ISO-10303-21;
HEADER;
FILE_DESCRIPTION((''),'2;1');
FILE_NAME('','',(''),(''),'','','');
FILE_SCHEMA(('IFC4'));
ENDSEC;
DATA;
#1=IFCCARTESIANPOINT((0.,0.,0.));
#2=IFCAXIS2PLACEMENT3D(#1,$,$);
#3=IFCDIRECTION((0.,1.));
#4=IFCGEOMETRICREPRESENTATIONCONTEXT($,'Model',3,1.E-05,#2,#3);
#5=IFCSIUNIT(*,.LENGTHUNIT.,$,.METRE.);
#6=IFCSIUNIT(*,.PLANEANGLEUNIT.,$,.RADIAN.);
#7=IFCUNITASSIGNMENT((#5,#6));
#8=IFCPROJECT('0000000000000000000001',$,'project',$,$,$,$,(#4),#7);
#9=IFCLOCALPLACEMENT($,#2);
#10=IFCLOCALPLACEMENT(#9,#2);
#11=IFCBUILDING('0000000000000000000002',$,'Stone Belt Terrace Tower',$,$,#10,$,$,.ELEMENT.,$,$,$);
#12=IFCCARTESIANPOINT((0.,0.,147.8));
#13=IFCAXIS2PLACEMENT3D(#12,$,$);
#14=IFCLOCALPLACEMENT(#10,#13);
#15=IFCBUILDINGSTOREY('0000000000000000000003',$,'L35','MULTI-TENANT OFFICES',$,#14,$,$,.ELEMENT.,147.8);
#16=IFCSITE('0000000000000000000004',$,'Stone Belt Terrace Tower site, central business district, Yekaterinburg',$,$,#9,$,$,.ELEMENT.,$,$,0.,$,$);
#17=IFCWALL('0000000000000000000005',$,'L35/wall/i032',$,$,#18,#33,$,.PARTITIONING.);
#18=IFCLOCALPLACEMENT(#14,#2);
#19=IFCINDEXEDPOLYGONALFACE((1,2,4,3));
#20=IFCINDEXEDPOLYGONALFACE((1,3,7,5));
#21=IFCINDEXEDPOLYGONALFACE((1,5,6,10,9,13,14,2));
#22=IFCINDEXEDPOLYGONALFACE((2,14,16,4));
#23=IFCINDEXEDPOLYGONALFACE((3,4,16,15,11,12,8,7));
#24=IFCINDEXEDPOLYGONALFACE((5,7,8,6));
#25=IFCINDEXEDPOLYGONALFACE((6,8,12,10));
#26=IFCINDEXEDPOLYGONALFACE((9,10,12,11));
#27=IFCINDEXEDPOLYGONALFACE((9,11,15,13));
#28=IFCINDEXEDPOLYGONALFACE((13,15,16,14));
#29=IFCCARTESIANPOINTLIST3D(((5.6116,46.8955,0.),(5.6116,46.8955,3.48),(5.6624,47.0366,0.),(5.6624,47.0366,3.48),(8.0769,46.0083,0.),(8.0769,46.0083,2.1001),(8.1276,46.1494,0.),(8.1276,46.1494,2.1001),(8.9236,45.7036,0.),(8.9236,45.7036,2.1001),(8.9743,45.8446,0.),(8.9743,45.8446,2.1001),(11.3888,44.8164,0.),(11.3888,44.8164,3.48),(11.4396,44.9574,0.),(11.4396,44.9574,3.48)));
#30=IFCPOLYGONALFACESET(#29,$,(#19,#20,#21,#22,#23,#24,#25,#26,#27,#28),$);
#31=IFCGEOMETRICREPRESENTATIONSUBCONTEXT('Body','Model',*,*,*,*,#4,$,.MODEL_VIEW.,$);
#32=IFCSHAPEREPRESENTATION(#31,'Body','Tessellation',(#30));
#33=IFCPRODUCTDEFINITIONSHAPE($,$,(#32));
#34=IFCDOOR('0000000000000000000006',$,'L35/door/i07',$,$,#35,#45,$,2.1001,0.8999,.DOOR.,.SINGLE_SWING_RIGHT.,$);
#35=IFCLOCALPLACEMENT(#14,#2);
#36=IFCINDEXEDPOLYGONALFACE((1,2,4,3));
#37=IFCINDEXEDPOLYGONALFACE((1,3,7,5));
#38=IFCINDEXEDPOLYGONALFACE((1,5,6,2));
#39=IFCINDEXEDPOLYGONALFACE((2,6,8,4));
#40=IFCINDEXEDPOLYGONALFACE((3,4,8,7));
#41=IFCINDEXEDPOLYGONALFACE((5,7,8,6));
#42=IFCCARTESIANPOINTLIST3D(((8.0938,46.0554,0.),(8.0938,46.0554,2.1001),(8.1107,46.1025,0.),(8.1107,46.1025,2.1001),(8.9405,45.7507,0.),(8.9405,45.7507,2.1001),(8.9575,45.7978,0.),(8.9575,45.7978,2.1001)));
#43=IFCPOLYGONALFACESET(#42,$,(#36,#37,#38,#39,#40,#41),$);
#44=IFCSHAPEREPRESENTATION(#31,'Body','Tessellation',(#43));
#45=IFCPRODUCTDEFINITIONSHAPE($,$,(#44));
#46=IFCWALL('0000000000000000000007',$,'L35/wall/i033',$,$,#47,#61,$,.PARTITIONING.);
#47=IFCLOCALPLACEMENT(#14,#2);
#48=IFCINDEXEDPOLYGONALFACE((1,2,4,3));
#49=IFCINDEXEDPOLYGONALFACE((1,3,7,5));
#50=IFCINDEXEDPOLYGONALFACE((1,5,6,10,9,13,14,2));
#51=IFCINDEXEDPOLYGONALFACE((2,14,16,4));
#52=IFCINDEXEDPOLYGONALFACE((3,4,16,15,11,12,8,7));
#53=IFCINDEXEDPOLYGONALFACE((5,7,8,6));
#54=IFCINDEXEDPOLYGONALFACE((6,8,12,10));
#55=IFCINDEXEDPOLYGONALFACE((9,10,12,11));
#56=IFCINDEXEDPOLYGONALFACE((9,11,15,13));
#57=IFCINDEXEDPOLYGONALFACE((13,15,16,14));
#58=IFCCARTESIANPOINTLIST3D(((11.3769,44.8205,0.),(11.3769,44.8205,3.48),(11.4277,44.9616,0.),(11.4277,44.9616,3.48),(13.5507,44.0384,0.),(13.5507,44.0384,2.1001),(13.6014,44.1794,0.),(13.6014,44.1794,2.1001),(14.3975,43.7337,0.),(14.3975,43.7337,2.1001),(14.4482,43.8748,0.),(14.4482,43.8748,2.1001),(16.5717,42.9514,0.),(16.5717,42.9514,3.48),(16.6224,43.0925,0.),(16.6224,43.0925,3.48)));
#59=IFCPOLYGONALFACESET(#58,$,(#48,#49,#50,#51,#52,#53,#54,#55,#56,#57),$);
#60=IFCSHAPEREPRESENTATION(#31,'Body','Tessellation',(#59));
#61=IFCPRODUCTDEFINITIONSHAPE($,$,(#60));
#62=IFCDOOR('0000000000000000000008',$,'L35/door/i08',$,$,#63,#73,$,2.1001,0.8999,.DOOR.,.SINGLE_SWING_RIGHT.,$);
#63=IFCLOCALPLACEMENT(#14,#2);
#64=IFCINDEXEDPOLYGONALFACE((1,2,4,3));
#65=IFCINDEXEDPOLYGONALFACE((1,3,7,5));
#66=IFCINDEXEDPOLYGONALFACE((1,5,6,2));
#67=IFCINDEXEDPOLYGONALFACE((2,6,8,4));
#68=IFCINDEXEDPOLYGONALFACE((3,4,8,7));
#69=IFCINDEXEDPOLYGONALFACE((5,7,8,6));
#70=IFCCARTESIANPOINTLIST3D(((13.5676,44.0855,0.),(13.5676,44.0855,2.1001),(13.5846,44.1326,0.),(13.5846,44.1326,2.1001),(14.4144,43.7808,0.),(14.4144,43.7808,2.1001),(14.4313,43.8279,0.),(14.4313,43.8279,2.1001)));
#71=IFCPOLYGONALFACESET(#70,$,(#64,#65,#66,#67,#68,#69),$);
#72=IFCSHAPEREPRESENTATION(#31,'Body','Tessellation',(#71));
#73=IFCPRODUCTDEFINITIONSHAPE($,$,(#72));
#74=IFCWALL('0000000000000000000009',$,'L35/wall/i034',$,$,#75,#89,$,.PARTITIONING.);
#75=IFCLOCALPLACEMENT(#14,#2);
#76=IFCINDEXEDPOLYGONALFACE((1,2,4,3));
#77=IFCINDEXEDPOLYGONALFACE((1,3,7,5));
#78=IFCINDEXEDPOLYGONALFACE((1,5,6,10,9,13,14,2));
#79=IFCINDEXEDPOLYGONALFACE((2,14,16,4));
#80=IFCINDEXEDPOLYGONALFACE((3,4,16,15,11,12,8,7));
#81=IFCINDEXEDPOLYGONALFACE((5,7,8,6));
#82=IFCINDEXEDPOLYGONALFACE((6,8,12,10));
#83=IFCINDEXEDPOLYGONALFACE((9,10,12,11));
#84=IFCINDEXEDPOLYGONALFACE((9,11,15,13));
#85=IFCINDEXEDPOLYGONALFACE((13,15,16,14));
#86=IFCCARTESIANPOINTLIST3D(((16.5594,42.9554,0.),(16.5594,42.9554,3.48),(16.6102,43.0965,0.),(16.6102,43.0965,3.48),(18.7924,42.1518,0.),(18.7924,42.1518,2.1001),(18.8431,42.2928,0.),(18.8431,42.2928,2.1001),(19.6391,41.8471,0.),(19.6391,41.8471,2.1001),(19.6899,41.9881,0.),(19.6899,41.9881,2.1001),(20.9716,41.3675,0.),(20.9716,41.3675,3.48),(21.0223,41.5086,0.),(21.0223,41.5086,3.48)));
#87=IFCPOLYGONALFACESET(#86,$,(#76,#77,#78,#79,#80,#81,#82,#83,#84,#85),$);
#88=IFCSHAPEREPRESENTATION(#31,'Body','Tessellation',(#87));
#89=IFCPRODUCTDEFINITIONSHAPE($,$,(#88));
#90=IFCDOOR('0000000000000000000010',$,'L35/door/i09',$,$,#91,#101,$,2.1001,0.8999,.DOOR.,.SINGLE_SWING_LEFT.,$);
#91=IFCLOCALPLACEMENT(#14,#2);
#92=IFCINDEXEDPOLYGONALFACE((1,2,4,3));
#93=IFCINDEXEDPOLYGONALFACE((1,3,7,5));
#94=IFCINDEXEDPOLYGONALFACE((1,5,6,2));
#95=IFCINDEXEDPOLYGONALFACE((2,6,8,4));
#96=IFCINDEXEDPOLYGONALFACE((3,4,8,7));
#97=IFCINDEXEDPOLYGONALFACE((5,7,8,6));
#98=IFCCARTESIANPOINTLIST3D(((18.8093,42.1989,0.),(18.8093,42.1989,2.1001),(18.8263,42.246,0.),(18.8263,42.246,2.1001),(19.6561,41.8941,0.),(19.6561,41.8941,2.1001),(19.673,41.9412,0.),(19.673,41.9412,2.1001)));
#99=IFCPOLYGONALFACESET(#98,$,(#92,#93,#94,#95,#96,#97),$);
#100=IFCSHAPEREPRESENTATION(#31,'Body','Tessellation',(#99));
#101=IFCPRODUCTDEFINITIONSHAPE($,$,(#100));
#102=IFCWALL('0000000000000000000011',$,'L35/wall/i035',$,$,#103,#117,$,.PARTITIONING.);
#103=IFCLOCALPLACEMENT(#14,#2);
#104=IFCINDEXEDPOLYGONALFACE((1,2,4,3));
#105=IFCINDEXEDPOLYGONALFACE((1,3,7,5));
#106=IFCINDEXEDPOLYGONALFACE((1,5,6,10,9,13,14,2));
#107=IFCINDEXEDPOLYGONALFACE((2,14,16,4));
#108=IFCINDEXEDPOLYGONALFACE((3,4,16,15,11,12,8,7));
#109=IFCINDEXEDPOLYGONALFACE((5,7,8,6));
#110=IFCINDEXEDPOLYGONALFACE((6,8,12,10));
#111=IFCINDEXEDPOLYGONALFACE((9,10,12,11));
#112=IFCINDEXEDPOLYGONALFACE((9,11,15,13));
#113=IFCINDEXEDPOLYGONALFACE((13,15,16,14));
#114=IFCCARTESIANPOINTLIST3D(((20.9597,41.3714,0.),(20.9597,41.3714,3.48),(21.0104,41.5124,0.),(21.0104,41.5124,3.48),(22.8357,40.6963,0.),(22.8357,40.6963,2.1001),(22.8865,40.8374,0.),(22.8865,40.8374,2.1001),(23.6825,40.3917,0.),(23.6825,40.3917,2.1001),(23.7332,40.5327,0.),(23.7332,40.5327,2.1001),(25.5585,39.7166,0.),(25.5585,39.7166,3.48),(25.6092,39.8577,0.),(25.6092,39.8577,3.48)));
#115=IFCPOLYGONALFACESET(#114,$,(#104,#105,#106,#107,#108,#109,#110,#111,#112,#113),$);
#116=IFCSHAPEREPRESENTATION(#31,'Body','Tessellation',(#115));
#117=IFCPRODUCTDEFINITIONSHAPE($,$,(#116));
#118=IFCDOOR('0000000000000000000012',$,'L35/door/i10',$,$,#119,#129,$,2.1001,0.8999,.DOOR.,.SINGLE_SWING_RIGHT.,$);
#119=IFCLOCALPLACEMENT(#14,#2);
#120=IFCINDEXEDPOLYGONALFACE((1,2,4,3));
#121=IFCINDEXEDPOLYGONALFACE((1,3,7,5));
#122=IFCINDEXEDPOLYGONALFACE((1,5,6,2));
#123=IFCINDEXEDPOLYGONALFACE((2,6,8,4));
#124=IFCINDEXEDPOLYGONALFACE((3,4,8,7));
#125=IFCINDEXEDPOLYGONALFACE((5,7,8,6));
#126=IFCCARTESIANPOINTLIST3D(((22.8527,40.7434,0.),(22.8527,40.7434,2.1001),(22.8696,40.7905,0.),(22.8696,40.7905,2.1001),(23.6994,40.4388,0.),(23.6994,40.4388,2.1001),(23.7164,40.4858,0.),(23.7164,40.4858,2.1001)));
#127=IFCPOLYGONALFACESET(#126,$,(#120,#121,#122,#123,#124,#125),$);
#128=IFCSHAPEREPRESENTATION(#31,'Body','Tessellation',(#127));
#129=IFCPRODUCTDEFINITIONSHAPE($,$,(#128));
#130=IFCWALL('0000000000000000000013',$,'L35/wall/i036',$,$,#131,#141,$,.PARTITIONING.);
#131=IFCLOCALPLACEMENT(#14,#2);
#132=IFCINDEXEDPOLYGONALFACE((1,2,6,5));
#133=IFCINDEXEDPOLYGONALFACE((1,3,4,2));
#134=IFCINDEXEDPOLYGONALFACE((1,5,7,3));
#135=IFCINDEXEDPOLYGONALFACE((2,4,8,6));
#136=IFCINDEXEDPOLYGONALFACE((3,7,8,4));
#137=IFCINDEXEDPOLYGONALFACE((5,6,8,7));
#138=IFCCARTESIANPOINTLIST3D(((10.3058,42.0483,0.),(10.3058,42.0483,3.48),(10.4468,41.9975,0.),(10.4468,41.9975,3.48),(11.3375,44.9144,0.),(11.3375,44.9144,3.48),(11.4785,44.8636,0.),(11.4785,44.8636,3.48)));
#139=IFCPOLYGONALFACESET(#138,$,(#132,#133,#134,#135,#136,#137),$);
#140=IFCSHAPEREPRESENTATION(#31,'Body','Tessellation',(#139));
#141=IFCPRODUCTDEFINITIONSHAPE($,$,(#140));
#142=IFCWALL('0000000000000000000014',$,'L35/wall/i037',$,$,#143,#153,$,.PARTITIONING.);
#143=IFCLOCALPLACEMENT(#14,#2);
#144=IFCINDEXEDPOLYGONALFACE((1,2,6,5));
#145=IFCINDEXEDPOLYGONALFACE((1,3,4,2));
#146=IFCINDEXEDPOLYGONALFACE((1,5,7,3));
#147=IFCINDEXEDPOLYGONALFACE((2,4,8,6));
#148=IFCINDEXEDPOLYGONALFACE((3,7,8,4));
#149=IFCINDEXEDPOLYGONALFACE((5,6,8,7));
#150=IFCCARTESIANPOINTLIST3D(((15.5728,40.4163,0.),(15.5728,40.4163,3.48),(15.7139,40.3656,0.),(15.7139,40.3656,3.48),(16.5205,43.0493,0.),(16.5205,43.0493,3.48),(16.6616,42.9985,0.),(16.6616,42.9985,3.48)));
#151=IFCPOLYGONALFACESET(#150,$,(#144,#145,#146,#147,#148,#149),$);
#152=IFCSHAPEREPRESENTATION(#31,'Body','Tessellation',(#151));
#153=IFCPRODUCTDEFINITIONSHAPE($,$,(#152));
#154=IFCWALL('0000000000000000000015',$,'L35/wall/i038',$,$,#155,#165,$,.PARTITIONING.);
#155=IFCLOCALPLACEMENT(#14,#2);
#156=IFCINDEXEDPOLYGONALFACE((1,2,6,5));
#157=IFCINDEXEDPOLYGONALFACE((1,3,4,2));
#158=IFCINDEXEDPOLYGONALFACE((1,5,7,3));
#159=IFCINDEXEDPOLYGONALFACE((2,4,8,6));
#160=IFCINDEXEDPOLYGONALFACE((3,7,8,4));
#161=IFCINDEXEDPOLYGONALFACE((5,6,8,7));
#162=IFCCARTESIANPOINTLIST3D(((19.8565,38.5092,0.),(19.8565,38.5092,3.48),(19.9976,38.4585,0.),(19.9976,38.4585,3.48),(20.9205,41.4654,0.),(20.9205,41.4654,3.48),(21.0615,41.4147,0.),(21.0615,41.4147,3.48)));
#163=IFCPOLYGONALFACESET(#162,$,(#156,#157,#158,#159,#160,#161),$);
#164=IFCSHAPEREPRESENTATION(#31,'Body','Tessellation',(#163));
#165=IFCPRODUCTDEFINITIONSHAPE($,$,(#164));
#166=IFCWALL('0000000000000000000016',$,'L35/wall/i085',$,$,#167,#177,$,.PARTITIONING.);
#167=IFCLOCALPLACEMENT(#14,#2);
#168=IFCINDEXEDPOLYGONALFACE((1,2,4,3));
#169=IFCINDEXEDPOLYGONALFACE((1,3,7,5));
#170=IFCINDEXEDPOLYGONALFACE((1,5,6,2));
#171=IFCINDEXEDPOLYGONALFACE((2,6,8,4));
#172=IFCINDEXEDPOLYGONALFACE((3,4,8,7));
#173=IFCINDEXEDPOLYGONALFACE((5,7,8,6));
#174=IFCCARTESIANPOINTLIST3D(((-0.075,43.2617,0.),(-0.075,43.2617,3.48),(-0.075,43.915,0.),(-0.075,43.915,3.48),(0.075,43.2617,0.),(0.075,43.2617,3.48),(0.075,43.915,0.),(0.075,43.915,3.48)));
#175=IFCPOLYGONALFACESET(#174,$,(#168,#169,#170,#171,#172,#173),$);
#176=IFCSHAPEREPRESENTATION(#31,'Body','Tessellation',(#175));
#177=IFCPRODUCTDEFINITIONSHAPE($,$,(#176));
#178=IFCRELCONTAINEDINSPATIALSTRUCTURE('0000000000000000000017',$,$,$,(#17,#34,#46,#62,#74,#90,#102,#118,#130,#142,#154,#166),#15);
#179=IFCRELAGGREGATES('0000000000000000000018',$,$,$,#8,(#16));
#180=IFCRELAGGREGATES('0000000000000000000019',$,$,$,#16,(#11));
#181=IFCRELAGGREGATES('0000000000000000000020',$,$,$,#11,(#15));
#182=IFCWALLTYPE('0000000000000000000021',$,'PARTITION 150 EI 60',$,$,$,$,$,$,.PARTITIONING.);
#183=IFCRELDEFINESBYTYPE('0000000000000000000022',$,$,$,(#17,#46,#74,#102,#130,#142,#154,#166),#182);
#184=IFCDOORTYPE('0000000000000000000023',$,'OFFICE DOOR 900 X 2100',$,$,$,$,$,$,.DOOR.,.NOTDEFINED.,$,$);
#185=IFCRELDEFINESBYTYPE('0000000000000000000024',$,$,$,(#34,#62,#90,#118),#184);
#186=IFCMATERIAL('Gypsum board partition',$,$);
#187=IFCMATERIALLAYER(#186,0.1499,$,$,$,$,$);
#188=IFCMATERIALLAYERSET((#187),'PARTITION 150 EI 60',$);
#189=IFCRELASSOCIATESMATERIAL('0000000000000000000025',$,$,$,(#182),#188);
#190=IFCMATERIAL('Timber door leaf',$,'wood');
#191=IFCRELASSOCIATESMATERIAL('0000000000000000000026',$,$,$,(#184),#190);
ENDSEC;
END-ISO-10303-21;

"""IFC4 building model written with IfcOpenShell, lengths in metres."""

from ifc_helpers import new_model, si_unit, direction, frame, frame_2d, origin, place, context, subcontext, project, spatial, rectangle, extrude, material, layer, layer_set, type_object, element, fill, save


model = new_model("IFC4")

# Units and contexts
model_context = context("Model", 3, precision=1e-05, world=origin(), true_north=direction((0.0, 1.0)))
body_context = subcontext(model_context, "Body", "Model", "MODEL_VIEW")
ifc_project = project(units=[si_unit("LENGTHUNIT", "METRE"), si_unit("PLANEANGLEUNIT", "RADIAN")], contexts=[model_context])

# Site, building, storey
site_placement = place(None, origin())
site = spatial("IfcSite", under=ifc_project, at=site_placement, Name="Stone Belt Terrace Tower site, central business district, Yekaterinburg", CompositionType="ELEMENT", RefElevation=0.0)
building_placement = place(site_placement, origin())
building = spatial("IfcBuilding", under=site, at=building_placement, Name="Stone Belt Terrace Tower", CompositionType="ELEMENT")
storey_placement = place(building_placement, frame((0.0, 0.0, 147.8)))
storey = spatial("IfcBuildingStorey", under=building, at=storey_placement, Name="L35", Description="MULTI-TENANT OFFICES", CompositionType="ELEMENT", Elevation=147.8)

# Walls, openings, doors
ifc_material_1 = material(Name="Timber door leaf", Category="wood")
ifc_material_2 = material(Name="Gypsum board partition")
ifc_layer_1 = layer(ifc_material_2, 0.1499)
ifc_layer_set_1 = layer_set([ifc_layer_1], Name="PARTITION 150 EI 60")
wall_type_1 = type_object("IfcWallType", Name="PARTITION 150 EI 60", PredefinedType="PARTITIONING", material=ifc_layer_set_1)
wall_1_placement = place(storey_placement, frame((11.4141, 44.887, 0.0), z_axis=(0.0, 0.0, 1.0), x_axis=(-0.940921, 0.338625, 0.0)))
wall_1 = element("IfcWall", 1, at=wall_1_placement, inside=storey, type_object=wall_type_1, Name="L35/wall/i032", PredefinedType="PARTITIONING", context=body_context, shape_type="SweptSolid", body=[
    extrude(rectangle(XDim=6.1399, YDim=0.1499, at=frame_2d((3.0698, 0.0))), origin(), (0.0, 0.0, 1.0), 3.48),
])
opening_1_placement = place(wall_1_placement, frame((2.6199, 0.0, 0.0)))
opening_1 = element("IfcOpeningElement", 2, at=opening_1_placement, cuts=wall_1, PredefinedType="OPENING", context=body_context, shape_type="SweptSolid", body=[
    extrude(rectangle(XDim=0.8999, YDim=2.1001, at=frame_2d((0.45, 1.05))), frame((0.0, 0.085, 0.0), z_axis=(0.0, -1.0, 0.0), x_axis=(1.0, 0.0, 0.0)), (0.0, 0.0, 1.0), 0.1699),
])
door_type_1 = type_object("IfcDoorType", Name="OFFICE DOOR 900 X 2100", OperationType="NOTDEFINED", PredefinedType="DOOR", material=ifc_material_1)
door_1_placement = place(opening_1_placement, origin())
door_1 = element("IfcDoor", 3, at=door_1_placement, inside=storey, type_object=door_type_1, Name="L35/door/i07", OperationType="SINGLE_SWING_RIGHT", OverallHeight=2.1001, OverallWidth=0.8999, PredefinedType="DOOR", context=body_context, shape_type="SweptSolid", body=[
    extrude(rectangle(XDim=0.8999, YDim=2.1001, at=frame_2d((0.45, 1.05))), frame((0.0, 0.0249, 0.0), z_axis=(0.0, -1.0, 0.0), x_axis=(1.0, 0.0, 0.0)), (0.0, 0.0, 1.0), 0.05),
])
fill(opening_1, door_1)
wall_2_placement = place(storey_placement, frame((16.5969, 43.022, 0.0), z_axis=(0.0, 0.0, 1.0), x_axis=(-0.940945, 0.33856, 0.0)))
wall_2 = element("IfcWall", 4, at=wall_2_placement, inside=storey, type_object=wall_type_1, Name="L35/wall/i033", PredefinedType="PARTITIONING", context=body_context, shape_type="SweptSolid", body=[
    extrude(rectangle(XDim=5.5208, YDim=0.1499, at=frame_2d((2.7603, 0.0))), origin(), (0.0, 0.0, 1.0), 3.48),
])
opening_2_placement = place(wall_2_placement, frame((2.3105, 0.0, 0.0)))
opening_2 = element("IfcOpeningElement", 5, at=opening_2_placement, cuts=wall_2, PredefinedType="OPENING", context=body_context, shape_type="SweptSolid", body=[
    extrude(rectangle(XDim=0.8999, YDim=2.1001, at=frame_2d((0.45, 1.05))), frame((0.0, 0.085, 0.0), z_axis=(0.0, -1.0, 0.0), x_axis=(1.0, 0.0, 0.0)), (0.0, 0.0, 1.0), 0.1699),
])
door_2_placement = place(opening_2_placement, origin())
door_2 = element("IfcDoor", 6, at=door_2_placement, inside=storey, type_object=door_type_1, Name="L35/door/i08", OperationType="SINGLE_SWING_RIGHT", OverallHeight=2.1001, OverallWidth=0.8999, PredefinedType="DOOR", context=body_context, shape_type="SweptSolid", body=[
    extrude(rectangle(XDim=0.8999, YDim=2.1001, at=frame_2d((0.45, 1.05))), frame((0.0, 0.0249, 0.0), z_axis=(0.0, -1.0, 0.0), x_axis=(1.0, 0.0, 0.0)), (0.0, 0.0, 1.0), 0.05),
])
fill(opening_2, door_2)
wall_3_placement = place(storey_placement, frame((20.9971, 41.438, 0.0), z_axis=(0.0, 0.0, 1.0), x_axis=(-0.940919, 0.338631, 0.0)))
wall_3 = element("IfcWall", 7, at=wall_3_placement, inside=storey, type_object=wall_type_1, Name="L35/wall/i034", PredefinedType="PARTITIONING", context=body_context, shape_type="SweptSolid", body=[
    extrude(rectangle(XDim=4.6892, YDim=0.1499, at=frame_2d((2.3447, 0.0))), origin(), (0.0, 0.0, 1.0), 3.48),
])
opening_3_placement = place(wall_3_placement, frame((1.4163, 0.0, 0.0)))
opening_3 = element("IfcOpeningElement", 8, at=opening_3_placement, cuts=wall_3, PredefinedType="OPENING", context=body_context, shape_type="SweptSolid", body=[
    extrude(rectangle(XDim=0.8999, YDim=2.1001, at=frame_2d((0.45, 1.05))), frame((0.0, 0.085, 0.0), z_axis=(0.0, -1.0, 0.0), x_axis=(1.0, 0.0, 0.0)), (0.0, 0.0, 1.0), 0.1699),
])
door_3_placement = place(opening_3_placement, origin())
door_3 = element("IfcDoor", 9, at=door_3_placement, inside=storey, type_object=door_type_1, Name="L35/door/i09", OperationType="SINGLE_SWING_LEFT", OverallHeight=2.1001, OverallWidth=0.8999, PredefinedType="DOOR", context=body_context, shape_type="SweptSolid", body=[
    extrude(rectangle(XDim=0.8999, YDim=2.1001, at=frame_2d((0.45, 1.05))), frame((0.0, 0.0249, 0.0), z_axis=(0.0, -1.0, 0.0), x_axis=(1.0, 0.0, 0.0)), (0.0, 0.0, 1.0), 0.05),
])
fill(opening_3, door_3)
wall_4_placement = place(storey_placement, frame((25.584, 39.7871, 0.0), z_axis=(0.0, 0.0, 1.0), x_axis=(-0.94094, 0.338573, 0.0)))
wall_4 = element("IfcWall", 10, at=wall_4_placement, inside=storey, type_object=wall_type_1, Name="L35/wall/i035", PredefinedType="PARTITIONING", context=body_context, shape_type="SweptSolid", body=[
    extrude(rectangle(XDim=4.8875, YDim=0.1499, at=frame_2d((2.4438, 0.0))), origin(), (0.0, 0.0, 1.0), 3.48),
])
opening_4_placement = place(wall_4_placement, frame((1.9939, 0.0, 0.0)))
opening_4 = element("IfcOpeningElement", 11, at=opening_4_placement, cuts=wall_4, PredefinedType="OPENING", context=body_context, shape_type="SweptSolid", body=[
    extrude(rectangle(XDim=0.8999, YDim=2.1001, at=frame_2d((0.45, 1.05))), frame((0.0, 0.085, 0.0), z_axis=(0.0, -1.0, 0.0), x_axis=(1.0, 0.0, 0.0)), (0.0, 0.0, 1.0), 0.1699),
])
door_4_placement = place(opening_4_placement, origin())
door_4 = element("IfcDoor", 12, at=door_4_placement, inside=storey, type_object=door_type_1, Name="L35/door/i10", OperationType="SINGLE_SWING_RIGHT", OverallHeight=2.1001, OverallWidth=0.8999, PredefinedType="DOOR", context=body_context, shape_type="SweptSolid", body=[
    extrude(rectangle(XDim=0.8999, YDim=2.1001, at=frame_2d((0.45, 1.05))), frame((0.0, 0.0249, 0.0), z_axis=(0.0, -1.0, 0.0), x_axis=(1.0, 0.0, 0.0)), (0.0, 0.0, 1.0), 0.05),
])
fill(opening_4, door_4)

# Walls
wall_5_placement = place(storey_placement, frame((11.408, 44.8889, 0.0), z_axis=(0.0, 0.0, 1.0), x_axis=(-0.338691, -0.940898, 0.0)))
element("IfcWall", 13, at=wall_5_placement, inside=storey, type_object=wall_type_1, Name="L35/wall/i036", PredefinedType="PARTITIONING", context=body_context, shape_type="SweptSolid", body=[
    extrude(rectangle(XDim=3.0461, YDim=0.1499, at=frame_2d((1.5229, 0.0))), origin(), (0.0, 0.0, 1.0), 3.48),
])
wall_6_placement = place(storey_placement, frame((16.5911, 43.0239, 0.0), z_axis=(0.0, 0.0, 1.0), x_axis=(-0.338673, -0.940904, 0.0)))
element("IfcWall", 14, at=wall_6_placement, inside=storey, type_object=wall_type_1, Name="L35/wall/i037", PredefinedType="PARTITIONING", context=body_context, shape_type="SweptSolid", body=[
    extrude(rectangle(XDim=2.7983, YDim=0.1499, at=frame_2d((1.3992, 0.0))), origin(), (0.0, 0.0, 1.0), 3.48),
])
wall_7_placement = place(storey_placement, frame((20.991, 41.4399, 0.0), z_axis=(0.0, 0.0, 1.0), x_axis=(-0.338634, -0.940918, 0.0)))
element("IfcWall", 15, at=wall_7_placement, inside=storey, type_object=wall_type_1, Name="L35/wall/i038", PredefinedType="PARTITIONING", context=body_context, shape_type="SweptSolid", body=[
    extrude(rectangle(XDim=3.1418, YDim=0.1499, at=frame_2d((1.5708, 0.0))), origin(), (0.0, 0.0, 1.0), 3.48),
])
wall_8_placement = place(storey_placement, frame((0.0, 43.915, 0.0), z_axis=(0.0, 0.0, 1.0), x_axis=(0.0, -1.0, 0.0)))
element("IfcWall", 16, at=wall_8_placement, inside=storey, type_object=wall_type_1, Name="L35/wall/i085", PredefinedType="PARTITIONING", context=body_context, shape_type="SweptSolid", body=[
    extrude(rectangle(XDim=0.6533, YDim=0.1499, at=frame_2d((0.3267, 0.0))), origin(), (0.0, 0.0, 1.0), 3.48),
])

save(model, "model.ifc")
